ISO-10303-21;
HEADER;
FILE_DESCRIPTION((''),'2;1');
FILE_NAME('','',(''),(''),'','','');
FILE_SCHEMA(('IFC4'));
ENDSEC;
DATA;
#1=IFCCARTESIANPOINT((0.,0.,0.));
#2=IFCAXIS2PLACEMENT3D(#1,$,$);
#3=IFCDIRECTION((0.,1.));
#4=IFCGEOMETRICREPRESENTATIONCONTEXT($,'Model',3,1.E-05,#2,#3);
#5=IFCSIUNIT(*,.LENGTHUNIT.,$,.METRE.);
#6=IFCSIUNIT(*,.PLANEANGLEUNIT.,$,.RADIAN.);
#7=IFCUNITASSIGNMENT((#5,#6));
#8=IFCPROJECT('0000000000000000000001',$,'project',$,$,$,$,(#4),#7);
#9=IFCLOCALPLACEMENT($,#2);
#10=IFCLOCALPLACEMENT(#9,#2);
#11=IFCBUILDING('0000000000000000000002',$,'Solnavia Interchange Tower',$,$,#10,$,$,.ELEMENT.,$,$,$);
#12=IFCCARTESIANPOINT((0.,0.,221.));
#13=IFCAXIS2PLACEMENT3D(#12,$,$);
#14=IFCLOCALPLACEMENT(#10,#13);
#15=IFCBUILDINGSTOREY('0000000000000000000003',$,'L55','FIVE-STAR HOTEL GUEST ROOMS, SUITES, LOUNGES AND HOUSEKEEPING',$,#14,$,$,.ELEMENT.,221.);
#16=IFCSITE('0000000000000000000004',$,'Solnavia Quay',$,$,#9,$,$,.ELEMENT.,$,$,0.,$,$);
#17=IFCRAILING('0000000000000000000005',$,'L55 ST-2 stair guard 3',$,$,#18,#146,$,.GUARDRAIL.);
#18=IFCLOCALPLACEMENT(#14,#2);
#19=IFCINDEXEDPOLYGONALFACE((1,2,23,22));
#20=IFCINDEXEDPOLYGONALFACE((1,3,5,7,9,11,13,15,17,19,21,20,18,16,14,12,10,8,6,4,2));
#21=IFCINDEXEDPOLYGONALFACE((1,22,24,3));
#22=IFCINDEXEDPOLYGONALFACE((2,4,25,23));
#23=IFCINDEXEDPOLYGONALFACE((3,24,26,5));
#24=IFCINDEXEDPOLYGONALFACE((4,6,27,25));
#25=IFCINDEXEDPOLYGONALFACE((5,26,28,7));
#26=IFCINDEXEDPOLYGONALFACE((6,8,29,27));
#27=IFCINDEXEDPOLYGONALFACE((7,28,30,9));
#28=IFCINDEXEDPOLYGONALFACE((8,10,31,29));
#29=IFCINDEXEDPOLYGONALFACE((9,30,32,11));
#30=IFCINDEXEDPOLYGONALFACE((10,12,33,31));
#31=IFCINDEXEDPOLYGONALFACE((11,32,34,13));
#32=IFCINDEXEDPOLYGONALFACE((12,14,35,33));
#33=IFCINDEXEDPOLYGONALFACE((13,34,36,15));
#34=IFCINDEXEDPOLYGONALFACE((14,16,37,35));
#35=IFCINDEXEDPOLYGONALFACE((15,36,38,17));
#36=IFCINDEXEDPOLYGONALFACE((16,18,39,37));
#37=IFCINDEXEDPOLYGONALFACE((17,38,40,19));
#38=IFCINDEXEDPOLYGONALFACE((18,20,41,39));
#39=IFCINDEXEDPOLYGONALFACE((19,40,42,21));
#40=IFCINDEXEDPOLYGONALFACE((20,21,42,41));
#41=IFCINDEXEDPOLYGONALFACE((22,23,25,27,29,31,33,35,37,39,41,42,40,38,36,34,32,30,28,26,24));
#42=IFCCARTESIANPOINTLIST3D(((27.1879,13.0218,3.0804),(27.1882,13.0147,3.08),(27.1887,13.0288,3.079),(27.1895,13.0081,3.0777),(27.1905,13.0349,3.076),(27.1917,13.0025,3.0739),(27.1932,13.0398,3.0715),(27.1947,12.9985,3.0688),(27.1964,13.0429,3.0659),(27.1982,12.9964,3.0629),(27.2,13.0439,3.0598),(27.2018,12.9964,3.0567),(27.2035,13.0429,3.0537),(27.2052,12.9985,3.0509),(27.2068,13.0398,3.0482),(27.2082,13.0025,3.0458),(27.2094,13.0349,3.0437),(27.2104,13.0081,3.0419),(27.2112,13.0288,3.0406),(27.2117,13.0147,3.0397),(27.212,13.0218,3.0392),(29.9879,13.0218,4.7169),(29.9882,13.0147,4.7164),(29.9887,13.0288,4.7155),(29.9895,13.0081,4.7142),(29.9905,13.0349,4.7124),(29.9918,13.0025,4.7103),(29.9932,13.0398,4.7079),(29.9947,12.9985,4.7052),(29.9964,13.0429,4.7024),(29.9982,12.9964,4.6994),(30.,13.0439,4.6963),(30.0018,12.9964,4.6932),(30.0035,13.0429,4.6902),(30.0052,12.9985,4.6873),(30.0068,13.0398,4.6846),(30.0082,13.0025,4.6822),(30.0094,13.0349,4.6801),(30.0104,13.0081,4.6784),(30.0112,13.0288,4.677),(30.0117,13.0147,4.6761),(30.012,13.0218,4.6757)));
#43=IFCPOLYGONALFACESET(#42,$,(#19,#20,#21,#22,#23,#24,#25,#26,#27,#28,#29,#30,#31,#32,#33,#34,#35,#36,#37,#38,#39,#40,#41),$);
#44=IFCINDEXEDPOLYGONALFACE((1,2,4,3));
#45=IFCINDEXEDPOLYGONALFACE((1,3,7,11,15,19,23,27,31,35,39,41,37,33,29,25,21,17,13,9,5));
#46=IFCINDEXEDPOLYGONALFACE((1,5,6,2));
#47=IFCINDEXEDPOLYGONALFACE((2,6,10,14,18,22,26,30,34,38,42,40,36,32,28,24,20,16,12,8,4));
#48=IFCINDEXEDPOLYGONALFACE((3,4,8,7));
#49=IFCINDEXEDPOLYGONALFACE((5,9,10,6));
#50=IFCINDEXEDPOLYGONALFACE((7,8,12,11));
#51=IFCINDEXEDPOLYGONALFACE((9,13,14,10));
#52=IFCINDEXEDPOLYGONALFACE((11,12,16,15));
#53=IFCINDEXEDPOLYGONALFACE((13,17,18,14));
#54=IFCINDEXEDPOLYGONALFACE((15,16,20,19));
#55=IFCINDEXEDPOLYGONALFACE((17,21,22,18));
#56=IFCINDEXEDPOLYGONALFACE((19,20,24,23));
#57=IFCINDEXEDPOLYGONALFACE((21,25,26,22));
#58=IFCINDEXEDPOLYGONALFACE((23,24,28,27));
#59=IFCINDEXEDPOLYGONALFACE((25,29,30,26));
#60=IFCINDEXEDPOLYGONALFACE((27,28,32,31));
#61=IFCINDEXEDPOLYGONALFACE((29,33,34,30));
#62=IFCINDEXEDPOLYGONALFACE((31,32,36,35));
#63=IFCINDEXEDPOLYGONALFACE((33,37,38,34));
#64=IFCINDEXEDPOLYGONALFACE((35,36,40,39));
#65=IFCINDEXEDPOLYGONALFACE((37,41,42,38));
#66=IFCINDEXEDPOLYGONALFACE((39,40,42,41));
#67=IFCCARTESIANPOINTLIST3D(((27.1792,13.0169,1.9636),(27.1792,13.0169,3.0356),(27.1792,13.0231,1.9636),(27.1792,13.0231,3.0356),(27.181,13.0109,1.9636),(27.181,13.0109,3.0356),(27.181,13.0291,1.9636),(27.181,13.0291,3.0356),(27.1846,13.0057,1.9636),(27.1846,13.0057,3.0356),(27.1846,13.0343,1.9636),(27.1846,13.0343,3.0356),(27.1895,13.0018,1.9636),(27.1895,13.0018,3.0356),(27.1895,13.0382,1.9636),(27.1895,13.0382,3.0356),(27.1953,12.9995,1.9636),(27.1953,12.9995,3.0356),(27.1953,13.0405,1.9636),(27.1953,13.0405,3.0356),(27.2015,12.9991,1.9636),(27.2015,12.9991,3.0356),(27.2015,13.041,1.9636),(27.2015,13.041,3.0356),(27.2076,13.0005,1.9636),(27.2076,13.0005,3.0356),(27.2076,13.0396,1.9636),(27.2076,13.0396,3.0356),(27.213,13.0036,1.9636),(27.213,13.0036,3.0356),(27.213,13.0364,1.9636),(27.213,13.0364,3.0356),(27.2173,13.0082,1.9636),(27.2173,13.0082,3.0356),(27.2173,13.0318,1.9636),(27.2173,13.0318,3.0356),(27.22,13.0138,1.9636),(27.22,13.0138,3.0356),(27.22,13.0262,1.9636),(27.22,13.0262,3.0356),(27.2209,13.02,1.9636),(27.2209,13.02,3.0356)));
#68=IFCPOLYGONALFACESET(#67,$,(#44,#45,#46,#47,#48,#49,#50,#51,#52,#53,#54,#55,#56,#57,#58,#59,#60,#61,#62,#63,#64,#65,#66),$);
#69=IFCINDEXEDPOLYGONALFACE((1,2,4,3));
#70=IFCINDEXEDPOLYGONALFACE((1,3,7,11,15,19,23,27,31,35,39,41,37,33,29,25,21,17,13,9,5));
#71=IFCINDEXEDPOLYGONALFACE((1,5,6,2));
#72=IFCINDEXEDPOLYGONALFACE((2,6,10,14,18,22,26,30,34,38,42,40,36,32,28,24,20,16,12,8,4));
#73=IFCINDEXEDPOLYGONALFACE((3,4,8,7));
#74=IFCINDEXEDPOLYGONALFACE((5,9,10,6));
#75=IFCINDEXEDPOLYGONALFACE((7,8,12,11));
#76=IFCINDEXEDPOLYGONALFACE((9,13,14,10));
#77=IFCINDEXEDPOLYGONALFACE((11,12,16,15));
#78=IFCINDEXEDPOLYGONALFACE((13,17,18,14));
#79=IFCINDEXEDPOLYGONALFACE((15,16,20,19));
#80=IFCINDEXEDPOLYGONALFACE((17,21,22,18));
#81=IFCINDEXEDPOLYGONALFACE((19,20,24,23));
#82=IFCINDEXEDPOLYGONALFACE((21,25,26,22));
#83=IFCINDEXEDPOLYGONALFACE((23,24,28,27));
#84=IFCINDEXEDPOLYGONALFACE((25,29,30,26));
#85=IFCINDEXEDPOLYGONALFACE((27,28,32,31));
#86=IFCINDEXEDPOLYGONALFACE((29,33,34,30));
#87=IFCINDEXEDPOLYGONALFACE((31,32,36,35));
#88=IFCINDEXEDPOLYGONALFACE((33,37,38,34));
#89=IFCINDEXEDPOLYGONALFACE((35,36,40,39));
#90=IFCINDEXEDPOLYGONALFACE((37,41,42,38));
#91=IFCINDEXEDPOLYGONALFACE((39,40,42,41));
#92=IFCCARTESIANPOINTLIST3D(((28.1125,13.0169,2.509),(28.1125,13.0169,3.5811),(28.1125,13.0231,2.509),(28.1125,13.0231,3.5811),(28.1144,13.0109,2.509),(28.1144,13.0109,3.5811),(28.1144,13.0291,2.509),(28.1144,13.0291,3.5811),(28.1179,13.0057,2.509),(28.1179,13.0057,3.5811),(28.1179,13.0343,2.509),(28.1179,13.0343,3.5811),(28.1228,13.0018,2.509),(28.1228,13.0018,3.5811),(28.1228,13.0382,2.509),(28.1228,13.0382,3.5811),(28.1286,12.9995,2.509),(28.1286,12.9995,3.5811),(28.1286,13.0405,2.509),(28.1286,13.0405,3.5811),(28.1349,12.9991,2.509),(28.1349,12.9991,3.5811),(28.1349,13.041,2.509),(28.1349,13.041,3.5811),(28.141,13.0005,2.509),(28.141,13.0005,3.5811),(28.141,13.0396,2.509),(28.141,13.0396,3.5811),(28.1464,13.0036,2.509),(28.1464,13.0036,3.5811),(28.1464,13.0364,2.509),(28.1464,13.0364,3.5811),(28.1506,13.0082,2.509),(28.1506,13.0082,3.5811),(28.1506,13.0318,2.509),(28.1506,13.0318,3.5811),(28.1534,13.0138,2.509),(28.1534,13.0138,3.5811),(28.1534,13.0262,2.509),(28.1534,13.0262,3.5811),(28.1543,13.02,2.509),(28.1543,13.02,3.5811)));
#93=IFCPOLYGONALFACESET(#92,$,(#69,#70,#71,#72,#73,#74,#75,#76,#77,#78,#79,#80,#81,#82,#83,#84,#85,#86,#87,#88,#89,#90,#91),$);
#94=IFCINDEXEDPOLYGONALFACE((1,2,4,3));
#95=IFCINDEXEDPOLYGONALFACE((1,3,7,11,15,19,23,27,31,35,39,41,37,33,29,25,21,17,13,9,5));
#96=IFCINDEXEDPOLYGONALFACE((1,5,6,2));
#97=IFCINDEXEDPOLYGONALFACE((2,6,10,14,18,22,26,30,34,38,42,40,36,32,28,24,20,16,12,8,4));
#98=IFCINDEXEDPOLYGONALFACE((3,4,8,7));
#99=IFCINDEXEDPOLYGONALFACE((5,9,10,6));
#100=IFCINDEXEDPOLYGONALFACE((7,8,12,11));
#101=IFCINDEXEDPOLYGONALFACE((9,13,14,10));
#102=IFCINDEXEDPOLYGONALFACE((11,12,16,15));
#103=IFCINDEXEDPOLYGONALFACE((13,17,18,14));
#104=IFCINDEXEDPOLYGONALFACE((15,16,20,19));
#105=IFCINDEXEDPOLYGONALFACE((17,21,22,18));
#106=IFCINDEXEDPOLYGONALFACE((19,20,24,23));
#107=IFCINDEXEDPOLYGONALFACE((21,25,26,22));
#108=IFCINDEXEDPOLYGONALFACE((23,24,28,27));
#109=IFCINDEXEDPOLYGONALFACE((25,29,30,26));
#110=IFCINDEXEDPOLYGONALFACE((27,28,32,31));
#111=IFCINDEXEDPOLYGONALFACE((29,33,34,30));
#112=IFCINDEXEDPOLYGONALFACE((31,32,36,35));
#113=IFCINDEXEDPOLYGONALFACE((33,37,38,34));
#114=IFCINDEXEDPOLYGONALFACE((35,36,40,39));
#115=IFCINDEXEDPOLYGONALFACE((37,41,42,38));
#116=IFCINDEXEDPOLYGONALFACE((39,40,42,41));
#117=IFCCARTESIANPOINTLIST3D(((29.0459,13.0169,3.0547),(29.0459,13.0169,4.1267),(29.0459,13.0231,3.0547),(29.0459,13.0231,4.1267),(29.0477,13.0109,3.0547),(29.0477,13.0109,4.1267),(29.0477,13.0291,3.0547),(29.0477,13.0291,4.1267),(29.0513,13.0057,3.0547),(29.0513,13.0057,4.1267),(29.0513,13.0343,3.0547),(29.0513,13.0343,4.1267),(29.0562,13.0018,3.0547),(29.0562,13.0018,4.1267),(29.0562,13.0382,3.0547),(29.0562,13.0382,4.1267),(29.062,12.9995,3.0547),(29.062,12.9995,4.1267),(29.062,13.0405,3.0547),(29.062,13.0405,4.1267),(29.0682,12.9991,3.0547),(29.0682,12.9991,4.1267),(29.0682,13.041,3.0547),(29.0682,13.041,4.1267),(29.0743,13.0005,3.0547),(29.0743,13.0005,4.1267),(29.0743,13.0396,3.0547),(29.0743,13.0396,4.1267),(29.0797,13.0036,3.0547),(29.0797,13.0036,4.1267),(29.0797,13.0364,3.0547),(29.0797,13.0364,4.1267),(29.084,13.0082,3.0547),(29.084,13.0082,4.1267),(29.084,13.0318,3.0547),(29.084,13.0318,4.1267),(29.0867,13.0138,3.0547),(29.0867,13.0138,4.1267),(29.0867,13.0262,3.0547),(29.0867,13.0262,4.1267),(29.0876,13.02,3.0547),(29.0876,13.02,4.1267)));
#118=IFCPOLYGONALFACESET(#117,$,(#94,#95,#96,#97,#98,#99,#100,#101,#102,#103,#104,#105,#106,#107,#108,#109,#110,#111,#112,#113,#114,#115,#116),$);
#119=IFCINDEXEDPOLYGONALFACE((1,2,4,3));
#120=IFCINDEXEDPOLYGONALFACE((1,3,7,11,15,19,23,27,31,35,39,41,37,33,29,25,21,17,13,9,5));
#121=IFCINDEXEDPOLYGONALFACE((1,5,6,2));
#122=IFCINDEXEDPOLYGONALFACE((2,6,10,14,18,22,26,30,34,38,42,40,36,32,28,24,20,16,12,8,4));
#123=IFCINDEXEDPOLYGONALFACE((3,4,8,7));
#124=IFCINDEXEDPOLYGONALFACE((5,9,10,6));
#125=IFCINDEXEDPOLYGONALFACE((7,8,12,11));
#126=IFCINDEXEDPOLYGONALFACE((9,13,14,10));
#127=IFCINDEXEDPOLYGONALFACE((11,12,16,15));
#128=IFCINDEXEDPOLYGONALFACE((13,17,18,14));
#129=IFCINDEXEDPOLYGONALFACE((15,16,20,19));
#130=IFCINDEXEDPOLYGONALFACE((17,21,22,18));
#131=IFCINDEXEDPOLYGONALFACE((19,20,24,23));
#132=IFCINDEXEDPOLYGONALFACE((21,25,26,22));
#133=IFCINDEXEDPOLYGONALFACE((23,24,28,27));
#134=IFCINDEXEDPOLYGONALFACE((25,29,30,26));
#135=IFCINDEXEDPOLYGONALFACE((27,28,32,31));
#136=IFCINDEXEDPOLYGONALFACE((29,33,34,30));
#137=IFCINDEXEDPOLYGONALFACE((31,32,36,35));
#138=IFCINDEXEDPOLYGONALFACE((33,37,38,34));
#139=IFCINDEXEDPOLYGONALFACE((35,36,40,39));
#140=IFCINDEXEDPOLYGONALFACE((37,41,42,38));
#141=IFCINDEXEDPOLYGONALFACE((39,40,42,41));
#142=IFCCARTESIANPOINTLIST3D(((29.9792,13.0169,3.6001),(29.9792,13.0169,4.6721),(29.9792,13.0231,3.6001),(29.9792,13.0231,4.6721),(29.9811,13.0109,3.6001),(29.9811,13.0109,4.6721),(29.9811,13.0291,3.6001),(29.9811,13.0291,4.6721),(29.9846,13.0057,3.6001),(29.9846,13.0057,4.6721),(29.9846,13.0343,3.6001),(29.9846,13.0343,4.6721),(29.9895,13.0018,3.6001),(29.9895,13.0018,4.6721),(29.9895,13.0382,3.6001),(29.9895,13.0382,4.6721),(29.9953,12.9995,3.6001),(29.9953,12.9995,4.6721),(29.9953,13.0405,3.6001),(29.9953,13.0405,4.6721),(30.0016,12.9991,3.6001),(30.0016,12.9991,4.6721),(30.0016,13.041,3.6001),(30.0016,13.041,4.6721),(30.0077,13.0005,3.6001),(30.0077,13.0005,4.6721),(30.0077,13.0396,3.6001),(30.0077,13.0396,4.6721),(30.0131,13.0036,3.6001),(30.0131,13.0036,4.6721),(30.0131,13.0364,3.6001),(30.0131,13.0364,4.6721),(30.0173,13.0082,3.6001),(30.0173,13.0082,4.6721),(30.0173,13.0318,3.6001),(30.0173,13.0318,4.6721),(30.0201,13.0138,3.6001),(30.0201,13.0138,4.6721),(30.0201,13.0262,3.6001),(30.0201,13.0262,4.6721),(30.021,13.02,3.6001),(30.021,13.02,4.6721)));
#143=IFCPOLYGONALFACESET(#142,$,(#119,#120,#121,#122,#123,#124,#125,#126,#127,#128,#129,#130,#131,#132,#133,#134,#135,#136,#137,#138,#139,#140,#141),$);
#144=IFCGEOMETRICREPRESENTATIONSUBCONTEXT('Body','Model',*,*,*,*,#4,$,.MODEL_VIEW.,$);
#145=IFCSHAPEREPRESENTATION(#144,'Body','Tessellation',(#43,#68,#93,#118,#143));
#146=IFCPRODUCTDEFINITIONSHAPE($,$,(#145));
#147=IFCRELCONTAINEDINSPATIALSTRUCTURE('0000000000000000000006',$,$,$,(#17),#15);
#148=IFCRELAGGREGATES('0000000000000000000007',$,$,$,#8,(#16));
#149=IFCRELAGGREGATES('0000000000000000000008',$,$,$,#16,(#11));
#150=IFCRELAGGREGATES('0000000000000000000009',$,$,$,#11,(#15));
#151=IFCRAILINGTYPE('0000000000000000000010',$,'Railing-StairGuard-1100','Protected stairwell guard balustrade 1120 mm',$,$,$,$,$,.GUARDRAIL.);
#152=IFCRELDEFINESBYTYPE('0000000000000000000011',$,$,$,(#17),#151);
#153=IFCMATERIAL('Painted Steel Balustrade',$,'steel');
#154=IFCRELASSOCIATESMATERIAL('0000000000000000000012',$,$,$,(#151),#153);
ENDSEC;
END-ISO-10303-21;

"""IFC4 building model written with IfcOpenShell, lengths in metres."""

from ifc_helpers import new_model, si_unit, direction, frame, origin, origin_2d, place, context, subcontext, project, spatial, circle, extrude, material, type_object, element, save


model = new_model("IFC4")

# Units and contexts
model_context = context("Model", 3, precision=1e-05, world=origin(), true_north=direction((0.0, 1.0)))
body_context = subcontext(model_context, "Body", "Model", "MODEL_VIEW")
ifc_project = project(units=[si_unit("LENGTHUNIT", "METRE"), si_unit("PLANEANGLEUNIT", "RADIAN")], contexts=[model_context])

# Site, building, storey
site_placement = place(None, origin())
site = spatial("IfcSite", under=ifc_project, at=site_placement, Name="Solnavia Quay", CompositionType="ELEMENT", RefElevation=0.0)
building_placement = place(site_placement, origin())
building = spatial("IfcBuilding", under=site, at=building_placement, Name="Solnavia Interchange Tower", CompositionType="ELEMENT")
storey_placement = place(building_placement, frame((0.0, 0.0, 221.0)))
storey = spatial("IfcBuildingStorey", under=building, at=storey_placement, Name="L55", Description="FIVE-STAR HOTEL GUEST ROOMS, SUITES, LOUNGES AND HOUSEKEEPING", CompositionType="ELEMENT", Elevation=221.0)

# Railing
ifc_material_1 = material(Name="Painted Steel Balustrade", Category="steel")
railing_type_1 = type_object("IfcRailingType", Name="Railing-StairGuard-1100", Description="Protected stairwell guard balustrade 1120 mm", PredefinedType="GUARDRAIL", material=ifc_material_1)
railing_1_placement = place(storey_placement, frame((27.2, 13.02, 1.9636)))
element("IfcRailing", 1, at=railing_1_placement, inside=storey, type_object=railing_type_1, Name="L55 ST-2 stair guard 3", PredefinedType="GUARDRAIL", context=body_context, shape_type="SweptSolid", body=[
    extrude(circle(Radius=0.0239, at=origin_2d()), frame((0.0, 0.0, 1.0962), z_axis=(0.863361, 0.0, 0.504587), x_axis=(0.0, 1.0, 0.0)), (0.0, 0.0, 1.0), 3.2432),
    extrude(circle(Radius=0.021, at=origin_2d()), origin(), (0.0, 0.0, 1.0), 1.072),
    extrude(circle(Radius=0.021, at=origin_2d()), frame((0.9333, 0.0, 0.5454)), (0.0, 0.0, 1.0), 1.072),
    extrude(circle(Radius=0.021, at=origin_2d()), frame((1.8667, 0.0, 1.0911)), (0.0, 0.0, 1.0), 1.072),
    extrude(circle(Radius=0.021, at=origin_2d()), frame((2.8, 0.0, 1.6365)), (0.0, 0.0, 1.0), 1.072),
])

save(model, "model.ifc")
